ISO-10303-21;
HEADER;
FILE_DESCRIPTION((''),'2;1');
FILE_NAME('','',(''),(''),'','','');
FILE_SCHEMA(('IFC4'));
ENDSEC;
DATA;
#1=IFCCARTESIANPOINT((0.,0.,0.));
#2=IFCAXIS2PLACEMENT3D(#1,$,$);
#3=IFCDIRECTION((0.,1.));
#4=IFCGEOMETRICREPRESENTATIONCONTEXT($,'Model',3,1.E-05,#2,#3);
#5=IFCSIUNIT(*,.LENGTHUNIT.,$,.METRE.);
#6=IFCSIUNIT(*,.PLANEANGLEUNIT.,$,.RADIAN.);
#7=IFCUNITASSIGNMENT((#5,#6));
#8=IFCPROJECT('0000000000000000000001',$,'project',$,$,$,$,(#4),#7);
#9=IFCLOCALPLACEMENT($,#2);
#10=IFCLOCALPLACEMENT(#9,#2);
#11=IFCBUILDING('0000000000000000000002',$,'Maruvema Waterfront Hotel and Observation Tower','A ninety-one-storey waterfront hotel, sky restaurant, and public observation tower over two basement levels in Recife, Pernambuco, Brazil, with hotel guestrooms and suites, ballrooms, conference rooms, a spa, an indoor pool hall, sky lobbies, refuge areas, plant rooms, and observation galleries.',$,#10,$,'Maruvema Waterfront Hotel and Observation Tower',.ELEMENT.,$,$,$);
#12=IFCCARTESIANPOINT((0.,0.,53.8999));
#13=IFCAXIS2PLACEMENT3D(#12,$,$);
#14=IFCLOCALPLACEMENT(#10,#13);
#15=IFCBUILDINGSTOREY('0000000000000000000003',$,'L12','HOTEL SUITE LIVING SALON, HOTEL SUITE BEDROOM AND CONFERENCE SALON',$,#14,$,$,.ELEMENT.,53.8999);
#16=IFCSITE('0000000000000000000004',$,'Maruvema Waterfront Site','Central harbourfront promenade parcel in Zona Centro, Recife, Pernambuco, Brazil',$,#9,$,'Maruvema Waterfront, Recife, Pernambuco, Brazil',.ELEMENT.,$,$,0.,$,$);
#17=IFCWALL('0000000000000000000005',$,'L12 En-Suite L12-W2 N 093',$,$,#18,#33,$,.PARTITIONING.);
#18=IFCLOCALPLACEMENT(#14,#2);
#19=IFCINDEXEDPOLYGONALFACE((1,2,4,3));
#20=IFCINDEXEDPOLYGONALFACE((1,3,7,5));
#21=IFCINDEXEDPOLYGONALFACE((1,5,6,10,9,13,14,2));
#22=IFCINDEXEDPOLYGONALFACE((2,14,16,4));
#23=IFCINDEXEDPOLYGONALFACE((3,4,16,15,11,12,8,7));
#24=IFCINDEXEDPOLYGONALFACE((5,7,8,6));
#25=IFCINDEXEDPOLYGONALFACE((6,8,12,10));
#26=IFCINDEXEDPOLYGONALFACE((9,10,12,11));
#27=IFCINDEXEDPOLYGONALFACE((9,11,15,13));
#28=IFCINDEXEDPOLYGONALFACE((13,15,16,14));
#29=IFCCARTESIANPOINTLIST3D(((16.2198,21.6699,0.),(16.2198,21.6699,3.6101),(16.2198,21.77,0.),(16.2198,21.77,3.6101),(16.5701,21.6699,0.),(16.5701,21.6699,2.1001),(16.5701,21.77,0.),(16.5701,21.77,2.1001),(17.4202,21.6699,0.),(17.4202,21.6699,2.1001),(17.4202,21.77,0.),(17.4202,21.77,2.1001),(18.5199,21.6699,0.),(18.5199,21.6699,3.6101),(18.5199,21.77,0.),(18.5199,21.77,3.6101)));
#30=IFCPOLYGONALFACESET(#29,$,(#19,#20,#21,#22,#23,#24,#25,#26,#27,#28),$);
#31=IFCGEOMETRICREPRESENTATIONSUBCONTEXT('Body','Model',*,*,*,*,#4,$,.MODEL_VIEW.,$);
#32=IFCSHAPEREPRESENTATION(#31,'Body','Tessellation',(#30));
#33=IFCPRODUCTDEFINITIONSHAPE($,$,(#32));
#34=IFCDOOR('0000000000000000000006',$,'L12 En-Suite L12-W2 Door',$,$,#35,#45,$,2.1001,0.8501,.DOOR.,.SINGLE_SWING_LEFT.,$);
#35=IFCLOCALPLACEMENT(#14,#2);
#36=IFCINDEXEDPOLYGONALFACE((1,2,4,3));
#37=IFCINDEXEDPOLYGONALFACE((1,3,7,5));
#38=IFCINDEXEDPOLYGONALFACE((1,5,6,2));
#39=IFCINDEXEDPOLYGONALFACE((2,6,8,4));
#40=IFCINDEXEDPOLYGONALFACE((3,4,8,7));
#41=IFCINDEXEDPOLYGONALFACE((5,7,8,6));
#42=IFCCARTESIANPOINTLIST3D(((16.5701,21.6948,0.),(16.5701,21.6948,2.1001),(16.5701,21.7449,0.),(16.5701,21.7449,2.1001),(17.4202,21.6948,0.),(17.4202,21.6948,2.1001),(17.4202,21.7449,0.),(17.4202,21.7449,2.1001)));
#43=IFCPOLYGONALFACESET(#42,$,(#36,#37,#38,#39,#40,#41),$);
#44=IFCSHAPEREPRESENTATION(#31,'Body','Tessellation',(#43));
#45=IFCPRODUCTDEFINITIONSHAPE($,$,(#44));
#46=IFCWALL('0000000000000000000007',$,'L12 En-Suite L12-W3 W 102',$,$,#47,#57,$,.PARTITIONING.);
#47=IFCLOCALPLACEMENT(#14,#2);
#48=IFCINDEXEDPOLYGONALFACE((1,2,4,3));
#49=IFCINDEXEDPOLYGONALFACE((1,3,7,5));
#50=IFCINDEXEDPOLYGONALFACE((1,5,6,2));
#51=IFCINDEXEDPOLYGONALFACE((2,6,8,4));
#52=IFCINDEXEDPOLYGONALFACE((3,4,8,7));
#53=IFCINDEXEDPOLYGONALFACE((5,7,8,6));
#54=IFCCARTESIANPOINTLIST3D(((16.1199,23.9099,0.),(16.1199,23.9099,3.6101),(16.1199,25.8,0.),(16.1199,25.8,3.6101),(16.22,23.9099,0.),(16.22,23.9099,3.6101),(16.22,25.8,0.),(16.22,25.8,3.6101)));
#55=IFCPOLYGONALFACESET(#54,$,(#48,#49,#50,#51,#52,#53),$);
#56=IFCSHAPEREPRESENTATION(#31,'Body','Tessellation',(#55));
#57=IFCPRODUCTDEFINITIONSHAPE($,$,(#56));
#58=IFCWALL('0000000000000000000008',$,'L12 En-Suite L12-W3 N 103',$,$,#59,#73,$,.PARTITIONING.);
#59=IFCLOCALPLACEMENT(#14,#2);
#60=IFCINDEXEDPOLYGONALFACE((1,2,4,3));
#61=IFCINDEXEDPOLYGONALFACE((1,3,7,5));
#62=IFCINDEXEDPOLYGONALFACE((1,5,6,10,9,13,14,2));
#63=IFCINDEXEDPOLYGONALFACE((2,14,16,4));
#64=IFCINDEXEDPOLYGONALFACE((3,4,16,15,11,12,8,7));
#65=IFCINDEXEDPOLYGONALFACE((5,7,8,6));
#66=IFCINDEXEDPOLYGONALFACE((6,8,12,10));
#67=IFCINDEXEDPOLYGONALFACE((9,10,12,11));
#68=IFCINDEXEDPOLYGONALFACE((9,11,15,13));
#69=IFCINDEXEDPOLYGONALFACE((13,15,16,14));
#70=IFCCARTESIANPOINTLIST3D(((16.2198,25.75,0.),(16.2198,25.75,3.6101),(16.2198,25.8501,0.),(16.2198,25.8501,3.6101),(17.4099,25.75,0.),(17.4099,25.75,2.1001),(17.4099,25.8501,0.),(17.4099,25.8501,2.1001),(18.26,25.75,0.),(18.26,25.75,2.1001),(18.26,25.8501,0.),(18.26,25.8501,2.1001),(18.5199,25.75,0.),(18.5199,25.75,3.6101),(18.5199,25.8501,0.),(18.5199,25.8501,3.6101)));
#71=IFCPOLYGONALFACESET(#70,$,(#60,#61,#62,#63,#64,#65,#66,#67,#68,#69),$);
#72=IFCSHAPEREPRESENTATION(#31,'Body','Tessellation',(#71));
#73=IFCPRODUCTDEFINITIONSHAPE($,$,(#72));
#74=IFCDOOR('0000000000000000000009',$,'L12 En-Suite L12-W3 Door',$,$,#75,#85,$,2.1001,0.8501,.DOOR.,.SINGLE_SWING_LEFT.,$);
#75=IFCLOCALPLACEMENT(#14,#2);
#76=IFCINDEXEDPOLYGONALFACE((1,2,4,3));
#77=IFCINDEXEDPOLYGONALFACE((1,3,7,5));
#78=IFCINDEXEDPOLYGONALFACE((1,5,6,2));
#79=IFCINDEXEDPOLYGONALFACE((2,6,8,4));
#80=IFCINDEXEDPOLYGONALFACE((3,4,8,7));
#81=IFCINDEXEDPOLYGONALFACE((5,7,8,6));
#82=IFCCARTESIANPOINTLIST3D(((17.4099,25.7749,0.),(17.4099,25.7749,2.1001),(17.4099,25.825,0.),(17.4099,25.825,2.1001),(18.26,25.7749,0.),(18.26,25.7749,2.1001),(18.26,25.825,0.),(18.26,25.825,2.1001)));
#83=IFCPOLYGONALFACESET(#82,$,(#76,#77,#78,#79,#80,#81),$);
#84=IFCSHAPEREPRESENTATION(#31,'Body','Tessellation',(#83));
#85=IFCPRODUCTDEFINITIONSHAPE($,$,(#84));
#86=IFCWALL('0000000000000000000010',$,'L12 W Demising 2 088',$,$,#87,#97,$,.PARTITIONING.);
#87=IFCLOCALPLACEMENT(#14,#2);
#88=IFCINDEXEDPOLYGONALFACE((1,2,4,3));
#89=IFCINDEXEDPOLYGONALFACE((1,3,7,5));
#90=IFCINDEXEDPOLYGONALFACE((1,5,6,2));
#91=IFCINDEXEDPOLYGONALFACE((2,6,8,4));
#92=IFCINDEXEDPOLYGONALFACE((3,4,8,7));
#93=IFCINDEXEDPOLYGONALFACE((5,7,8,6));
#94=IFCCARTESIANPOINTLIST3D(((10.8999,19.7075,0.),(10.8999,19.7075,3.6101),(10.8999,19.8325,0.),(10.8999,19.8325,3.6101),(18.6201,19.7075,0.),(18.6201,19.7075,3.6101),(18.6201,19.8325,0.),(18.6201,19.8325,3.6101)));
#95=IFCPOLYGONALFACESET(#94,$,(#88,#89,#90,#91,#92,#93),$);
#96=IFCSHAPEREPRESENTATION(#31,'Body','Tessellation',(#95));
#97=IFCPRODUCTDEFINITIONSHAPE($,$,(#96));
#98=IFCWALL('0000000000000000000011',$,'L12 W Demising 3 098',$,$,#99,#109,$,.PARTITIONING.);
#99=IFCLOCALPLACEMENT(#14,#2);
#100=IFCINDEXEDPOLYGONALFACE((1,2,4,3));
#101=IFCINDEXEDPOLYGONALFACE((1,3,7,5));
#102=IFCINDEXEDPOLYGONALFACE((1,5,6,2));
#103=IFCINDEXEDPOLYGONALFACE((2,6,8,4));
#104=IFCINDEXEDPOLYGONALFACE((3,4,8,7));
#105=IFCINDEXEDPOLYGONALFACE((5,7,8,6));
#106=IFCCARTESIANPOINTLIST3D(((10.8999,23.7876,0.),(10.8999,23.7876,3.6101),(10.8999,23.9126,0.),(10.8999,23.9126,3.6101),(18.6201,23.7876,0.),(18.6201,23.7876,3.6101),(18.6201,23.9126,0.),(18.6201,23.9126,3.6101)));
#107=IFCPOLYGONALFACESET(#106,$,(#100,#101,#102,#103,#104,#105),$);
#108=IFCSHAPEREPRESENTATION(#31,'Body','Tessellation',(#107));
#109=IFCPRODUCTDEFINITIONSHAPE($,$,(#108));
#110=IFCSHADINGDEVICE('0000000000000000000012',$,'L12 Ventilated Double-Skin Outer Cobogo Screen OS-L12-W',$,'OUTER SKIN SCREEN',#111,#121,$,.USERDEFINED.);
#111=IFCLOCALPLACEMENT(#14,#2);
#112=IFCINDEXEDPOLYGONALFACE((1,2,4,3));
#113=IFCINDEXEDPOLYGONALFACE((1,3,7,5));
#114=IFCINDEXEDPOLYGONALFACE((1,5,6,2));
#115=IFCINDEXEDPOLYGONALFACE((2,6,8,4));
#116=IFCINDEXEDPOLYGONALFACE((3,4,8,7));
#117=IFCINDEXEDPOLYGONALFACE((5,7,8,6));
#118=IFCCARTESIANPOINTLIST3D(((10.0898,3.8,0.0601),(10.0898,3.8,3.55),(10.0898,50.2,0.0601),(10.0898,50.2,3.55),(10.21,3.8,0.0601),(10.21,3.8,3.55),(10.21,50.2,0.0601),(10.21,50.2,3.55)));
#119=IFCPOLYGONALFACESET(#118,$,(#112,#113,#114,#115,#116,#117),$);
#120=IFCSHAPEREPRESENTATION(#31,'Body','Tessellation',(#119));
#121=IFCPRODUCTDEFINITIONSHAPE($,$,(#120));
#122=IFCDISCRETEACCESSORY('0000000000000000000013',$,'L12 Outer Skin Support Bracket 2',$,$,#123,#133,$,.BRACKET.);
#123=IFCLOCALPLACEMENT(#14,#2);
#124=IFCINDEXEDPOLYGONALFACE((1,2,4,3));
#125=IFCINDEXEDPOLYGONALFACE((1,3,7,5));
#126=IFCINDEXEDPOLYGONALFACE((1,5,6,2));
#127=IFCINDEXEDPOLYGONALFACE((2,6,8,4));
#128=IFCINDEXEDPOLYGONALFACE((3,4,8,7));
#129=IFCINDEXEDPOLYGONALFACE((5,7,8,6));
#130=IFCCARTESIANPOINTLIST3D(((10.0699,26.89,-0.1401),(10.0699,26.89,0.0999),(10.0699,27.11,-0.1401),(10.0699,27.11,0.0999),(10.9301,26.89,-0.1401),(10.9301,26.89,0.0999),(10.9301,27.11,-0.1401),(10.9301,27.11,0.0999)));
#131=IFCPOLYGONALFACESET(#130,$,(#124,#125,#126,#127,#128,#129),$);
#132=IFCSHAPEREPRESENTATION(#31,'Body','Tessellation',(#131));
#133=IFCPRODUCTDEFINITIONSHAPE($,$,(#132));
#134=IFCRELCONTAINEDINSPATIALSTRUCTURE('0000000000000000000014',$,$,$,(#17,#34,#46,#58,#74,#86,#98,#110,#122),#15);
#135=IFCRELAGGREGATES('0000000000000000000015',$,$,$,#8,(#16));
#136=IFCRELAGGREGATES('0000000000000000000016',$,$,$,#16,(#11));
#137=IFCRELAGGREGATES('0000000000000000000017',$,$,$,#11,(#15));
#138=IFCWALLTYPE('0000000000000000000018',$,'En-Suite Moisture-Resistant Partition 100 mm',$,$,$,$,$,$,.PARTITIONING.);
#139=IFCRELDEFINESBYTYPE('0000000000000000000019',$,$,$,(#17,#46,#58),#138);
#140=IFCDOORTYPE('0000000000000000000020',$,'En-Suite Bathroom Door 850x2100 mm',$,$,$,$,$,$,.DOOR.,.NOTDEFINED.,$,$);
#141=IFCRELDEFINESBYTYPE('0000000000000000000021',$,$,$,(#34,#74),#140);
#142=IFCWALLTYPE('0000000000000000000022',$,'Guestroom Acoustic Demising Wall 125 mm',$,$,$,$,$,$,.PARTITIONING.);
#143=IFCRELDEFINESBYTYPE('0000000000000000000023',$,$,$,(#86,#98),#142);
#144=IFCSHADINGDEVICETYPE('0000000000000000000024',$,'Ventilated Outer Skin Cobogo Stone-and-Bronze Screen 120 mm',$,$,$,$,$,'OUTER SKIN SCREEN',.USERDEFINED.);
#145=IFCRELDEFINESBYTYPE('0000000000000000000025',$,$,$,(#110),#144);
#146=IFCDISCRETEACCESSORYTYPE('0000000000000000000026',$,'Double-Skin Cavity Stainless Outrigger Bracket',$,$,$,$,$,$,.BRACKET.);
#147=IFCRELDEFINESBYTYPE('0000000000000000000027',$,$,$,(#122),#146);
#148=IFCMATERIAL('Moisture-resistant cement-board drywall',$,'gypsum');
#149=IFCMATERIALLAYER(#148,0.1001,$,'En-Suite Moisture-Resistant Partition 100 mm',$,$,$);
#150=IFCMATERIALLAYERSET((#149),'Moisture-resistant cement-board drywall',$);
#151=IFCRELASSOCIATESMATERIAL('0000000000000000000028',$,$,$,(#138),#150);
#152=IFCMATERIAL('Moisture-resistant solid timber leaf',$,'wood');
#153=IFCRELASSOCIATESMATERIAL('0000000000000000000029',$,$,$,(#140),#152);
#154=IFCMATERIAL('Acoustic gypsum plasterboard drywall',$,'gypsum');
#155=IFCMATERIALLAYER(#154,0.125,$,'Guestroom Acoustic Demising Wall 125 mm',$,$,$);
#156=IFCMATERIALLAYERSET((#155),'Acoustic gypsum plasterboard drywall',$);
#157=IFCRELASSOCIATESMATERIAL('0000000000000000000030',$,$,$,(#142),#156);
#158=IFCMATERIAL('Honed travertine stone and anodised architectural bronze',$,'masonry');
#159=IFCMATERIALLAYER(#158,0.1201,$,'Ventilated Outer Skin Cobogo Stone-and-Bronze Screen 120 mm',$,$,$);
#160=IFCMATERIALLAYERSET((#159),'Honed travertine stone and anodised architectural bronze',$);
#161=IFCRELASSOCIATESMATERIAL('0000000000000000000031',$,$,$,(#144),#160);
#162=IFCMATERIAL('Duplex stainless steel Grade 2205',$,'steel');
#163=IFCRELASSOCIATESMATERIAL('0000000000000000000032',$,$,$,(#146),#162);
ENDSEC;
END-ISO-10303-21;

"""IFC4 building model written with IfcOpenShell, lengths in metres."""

from ifc_helpers import new_model, si_unit, direction, frame, frame_2d, origin, origin_2d, place, context, subcontext, project, spatial, rectangle, extrude, material, layer, layer_set, type_object, element, fill, save


model = new_model("IFC4")

# Units and contexts
model_context = context("Model", 3, precision=1e-05, world=origin(), true_north=direction((0.0, 1.0)))
body_context = subcontext(model_context, "Body", "Model", "MODEL_VIEW")
ifc_project = project(units=[si_unit("LENGTHUNIT", "METRE"), si_unit("PLANEANGLEUNIT", "RADIAN")], contexts=[model_context])

# Site, building, storey
site_placement = place(None, origin())
site = spatial("IfcSite", under=ifc_project, at=site_placement, Name="Maruvema Waterfront Site", Description="Central harbourfront promenade parcel in Zona Centro, Recife, Pernambuco, Brazil", LongName="Maruvema Waterfront, Recife, Pernambuco, Brazil", CompositionType="ELEMENT", RefElevation=0.0)
building_placement = place(site_placement, origin())
building = spatial("IfcBuilding", under=site, at=building_placement, Name="Maruvema Waterfront Hotel and Observation Tower", Description="A ninety-one-storey waterfront hotel, sky restaurant, and public observation tower over two basement levels in Recife, Pernambuco, Brazil, with hotel guestrooms and suites, ballrooms, conference rooms, a spa, an indoor pool hall, sky lobbies, refuge areas, plant rooms, and observation galleries.", LongName="Maruvema Waterfront Hotel and Observation Tower", CompositionType="ELEMENT")
storey_placement = place(building_placement, frame((0.0, 0.0, 53.8999)))
storey = spatial("IfcBuildingStorey", under=building, at=storey_placement, Name="L12", Description="HOTEL SUITE LIVING SALON, HOTEL SUITE BEDROOM AND CONFERENCE SALON", CompositionType="ELEMENT", Elevation=53.8999)

# Shared definitions
ifc_material_1 = material(Name="Moisture-resistant cement-board drywall", Category="gypsum")
ifc_layer_1 = layer(ifc_material_1, 0.1001, Name="En-Suite Moisture-Resistant Partition 100 mm")
ifc_layer_set_1 = layer_set([ifc_layer_1], Name="Moisture-resistant cement-board drywall")
wall_type_1 = type_object("IfcWallType", Name="En-Suite Moisture-Resistant Partition 100 mm", PredefinedType="PARTITIONING", material=ifc_layer_set_1)
ifc_material_2 = material(Name="Moisture-resistant solid timber leaf", Category="wood")
door_type_1 = type_object("IfcDoorType", Name="En-Suite Bathroom Door 850x2100 mm", OperationType="NOTDEFINED", PredefinedType="DOOR", material=ifc_material_2)

# Wall, opening, door
wall_1_placement = place(storey_placement, frame((16.22, 21.72, 0.0), z_axis=(0.0, 0.0, 1.0), x_axis=(1.0, 0.0, 0.0)))
wall_1 = element("IfcWall", 1, at=wall_1_placement, inside=storey, type_object=wall_type_1, Name="L12 En-Suite L12-W2 N 093", PredefinedType="PARTITIONING", context=body_context, shape_type="SweptSolid", body=[
    extrude(rectangle(XDim=2.3, YDim=0.1001, at=frame_2d((1.1499, 0.0))), origin(), (0.0, 0.0, 1.0), 3.6101),
])
opening_1_placement = place(wall_1_placement, frame((0.3501, 0.0, 0.0)))
opening_1 = element("IfcOpeningElement", 2, at=opening_1_placement, cuts=wall_1, PredefinedType="OPENING", context=body_context, shape_type="SweptSolid", body=[
    extrude(rectangle(XDim=0.8501, YDim=2.1001, at=frame_2d((0.425, 1.05))), frame((0.0, 0.0601, 0.0), z_axis=(0.0, -1.0, 0.0), x_axis=(1.0, 0.0, 0.0)), (0.0, 0.0, 1.0), 0.1201),
])
door_1_placement = place(opening_1_placement, origin())
door_1 = element("IfcDoor", 3, at=door_1_placement, inside=storey, type_object=door_type_1, Name="L12 En-Suite L12-W2 Door", OperationType="SINGLE_SWING_LEFT", OverallHeight=2.1001, OverallWidth=0.8501, PredefinedType="DOOR", context=body_context, shape_type="SweptSolid", body=[
    extrude(rectangle(XDim=0.8501, YDim=2.1001, at=frame_2d((0.425, 1.05))), frame((0.0, 0.0249, 0.0), z_axis=(0.0, -1.0, 0.0), x_axis=(1.0, 0.0, 0.0)), (0.0, 0.0, 1.0), 0.05),
])
fill(opening_1, door_1)

# Wall
wall_2_placement = place(storey_placement, frame((16.1699, 23.9099, 0.0), z_axis=(0.0, 0.0, 1.0), x_axis=(0.0, 1.0, 0.0)))
element("IfcWall", 4, at=wall_2_placement, inside=storey, type_object=wall_type_1, Name="L12 En-Suite L12-W3 W 102", PredefinedType="PARTITIONING", context=body_context, shape_type="SweptSolid", body=[
    extrude(rectangle(XDim=1.8901, YDim=0.1001, at=frame_2d((0.9451, 0.0))), origin(), (0.0, 0.0, 1.0), 3.6101),
])

# Wall, opening, door
wall_3_placement = place(storey_placement, frame((16.22, 25.8, 0.0), z_axis=(0.0, 0.0, 1.0), x_axis=(1.0, 0.0, 0.0)))
wall_3 = element("IfcWall", 5, at=wall_3_placement, inside=storey, type_object=wall_type_1, Name="L12 En-Suite L12-W3 N 103", PredefinedType="PARTITIONING", context=body_context, shape_type="SweptSolid", body=[
    extrude(rectangle(XDim=2.3, YDim=0.1001, at=frame_2d((1.1499, 0.0))), origin(), (0.0, 0.0, 1.0), 3.6101),
])
opening_2_placement = place(wall_3_placement, frame((1.1899, 0.0, 0.0)))
opening_2 = element("IfcOpeningElement", 6, at=opening_2_placement, cuts=wall_3, PredefinedType="OPENING", context=body_context, shape_type="SweptSolid", body=[
    extrude(rectangle(XDim=0.8501, YDim=2.1001, at=frame_2d((0.425, 1.05))), frame((0.0, 0.0601, 0.0), z_axis=(0.0, -1.0, 0.0), x_axis=(1.0, 0.0, 0.0)), (0.0, 0.0, 1.0), 0.1201),
])
door_2_placement = place(opening_2_placement, origin())
door_2 = element("IfcDoor", 7, at=door_2_placement, inside=storey, type_object=door_type_1, Name="L12 En-Suite L12-W3 Door", OperationType="SINGLE_SWING_LEFT", OverallHeight=2.1001, OverallWidth=0.8501, PredefinedType="DOOR", context=body_context, shape_type="SweptSolid", body=[
    extrude(rectangle(XDim=0.8501, YDim=2.1001, at=frame_2d((0.425, 1.05))), frame((0.0, 0.0249, 0.0), z_axis=(0.0, -1.0, 0.0), x_axis=(1.0, 0.0, 0.0)), (0.0, 0.0, 1.0), 0.05),
])
fill(opening_2, door_2)

# Walls
ifc_material_3 = material(Name="Acoustic gypsum plasterboard drywall", Category="gypsum")
ifc_layer_2 = layer(ifc_material_3, 0.125, Name="Guestroom Acoustic Demising Wall 125 mm")
ifc_layer_set_2 = layer_set([ifc_layer_2], Name="Acoustic gypsum plasterboard drywall")
wall_type_2 = type_object("IfcWallType", Name="Guestroom Acoustic Demising Wall 125 mm", PredefinedType="PARTITIONING", material=ifc_layer_set_2)
for number, where, z_axis, x_axis, name in (
    (8, (10.8999, 19.77, 0.0), (0.0, 0.0, 1.0), (1.0, 0.0, 0.0), "L12 W Demising 2 088"),
    (9, (10.8999, 23.8501, 0.0), (0.0, 0.0, 1.0), (1.0, 0.0, 0.0), "L12 W Demising 3 098"),
):
    element("IfcWall", number, at=place(storey_placement, frame(where, z_axis=z_axis, x_axis=x_axis)), inside=storey, type_object=wall_type_2, Name=name, PredefinedType="PARTITIONING", context=body_context, shape_type="SweptSolid", body=[
        extrude(rectangle(XDim=7.7202, YDim=0.125, at=frame_2d((3.8601, 0.0))), origin(), (0.0, 0.0, 1.0), 3.6101),
    ])

# Shading device
ifc_material_4 = material(Name="Honed travertine stone and anodised architectural bronze", Category="masonry")
ifc_layer_3 = layer(ifc_material_4, 0.1201, Name="Ventilated Outer Skin Cobogo Stone-and-Bronze Screen 120 mm")
ifc_layer_set_3 = layer_set([ifc_layer_3], Name="Honed travertine stone and anodised architectural bronze")
shading_device_type = type_object("IfcShadingDeviceType", Name="Ventilated Outer Skin Cobogo Stone-and-Bronze Screen 120 mm", ElementType="OUTER SKIN SCREEN", PredefinedType="USERDEFINED", material=ifc_layer_set_3)
shading_device_placement = place(storey_placement, frame((10.1499, 27.0, 0.0601), z_axis=(0.0, 0.0, 1.0), x_axis=(0.0, -1.0, 0.0)))
element("IfcShadingDevice", 10, at=shading_device_placement, inside=storey, type_object=shading_device_type, Name="L12 Ventilated Double-Skin Outer Cobogo Screen OS-L12-W", ObjectType="OUTER SKIN SCREEN", PredefinedType="USERDEFINED", context=body_context, shape_type="SweptSolid", body=[
    extrude(rectangle(XDim=46.3999, YDim=0.1201, at=origin_2d()), origin(), (0.0, 0.0, 1.0), 3.49),
])

# Discrete accessory
ifc_material_5 = material(Name="Duplex stainless steel Grade 2205", Category="steel")
discrete_accessory_type = type_object("IfcDiscreteAccessoryType", Name="Double-Skin Cavity Stainless Outrigger Bracket", PredefinedType="BRACKET", material=ifc_material_5)
discrete_accessory_placement = place(storey_placement, frame((10.5, 27.0, -0.1401), z_axis=(0.0, 0.0, 1.0), x_axis=(0.0, -1.0, 0.0)))
element("IfcDiscreteAccessory", 11, at=discrete_accessory_placement, inside=storey, type_object=discrete_accessory_type, Name="L12 Outer Skin Support Bracket 2", PredefinedType="BRACKET", context=body_context, shape_type="SweptSolid", body=[
    extrude(rectangle(XDim=0.22, YDim=0.8601, at=origin_2d()), origin(), (0.0, 0.0, 1.0), 0.24),
])

save(model, "model.ifc")
